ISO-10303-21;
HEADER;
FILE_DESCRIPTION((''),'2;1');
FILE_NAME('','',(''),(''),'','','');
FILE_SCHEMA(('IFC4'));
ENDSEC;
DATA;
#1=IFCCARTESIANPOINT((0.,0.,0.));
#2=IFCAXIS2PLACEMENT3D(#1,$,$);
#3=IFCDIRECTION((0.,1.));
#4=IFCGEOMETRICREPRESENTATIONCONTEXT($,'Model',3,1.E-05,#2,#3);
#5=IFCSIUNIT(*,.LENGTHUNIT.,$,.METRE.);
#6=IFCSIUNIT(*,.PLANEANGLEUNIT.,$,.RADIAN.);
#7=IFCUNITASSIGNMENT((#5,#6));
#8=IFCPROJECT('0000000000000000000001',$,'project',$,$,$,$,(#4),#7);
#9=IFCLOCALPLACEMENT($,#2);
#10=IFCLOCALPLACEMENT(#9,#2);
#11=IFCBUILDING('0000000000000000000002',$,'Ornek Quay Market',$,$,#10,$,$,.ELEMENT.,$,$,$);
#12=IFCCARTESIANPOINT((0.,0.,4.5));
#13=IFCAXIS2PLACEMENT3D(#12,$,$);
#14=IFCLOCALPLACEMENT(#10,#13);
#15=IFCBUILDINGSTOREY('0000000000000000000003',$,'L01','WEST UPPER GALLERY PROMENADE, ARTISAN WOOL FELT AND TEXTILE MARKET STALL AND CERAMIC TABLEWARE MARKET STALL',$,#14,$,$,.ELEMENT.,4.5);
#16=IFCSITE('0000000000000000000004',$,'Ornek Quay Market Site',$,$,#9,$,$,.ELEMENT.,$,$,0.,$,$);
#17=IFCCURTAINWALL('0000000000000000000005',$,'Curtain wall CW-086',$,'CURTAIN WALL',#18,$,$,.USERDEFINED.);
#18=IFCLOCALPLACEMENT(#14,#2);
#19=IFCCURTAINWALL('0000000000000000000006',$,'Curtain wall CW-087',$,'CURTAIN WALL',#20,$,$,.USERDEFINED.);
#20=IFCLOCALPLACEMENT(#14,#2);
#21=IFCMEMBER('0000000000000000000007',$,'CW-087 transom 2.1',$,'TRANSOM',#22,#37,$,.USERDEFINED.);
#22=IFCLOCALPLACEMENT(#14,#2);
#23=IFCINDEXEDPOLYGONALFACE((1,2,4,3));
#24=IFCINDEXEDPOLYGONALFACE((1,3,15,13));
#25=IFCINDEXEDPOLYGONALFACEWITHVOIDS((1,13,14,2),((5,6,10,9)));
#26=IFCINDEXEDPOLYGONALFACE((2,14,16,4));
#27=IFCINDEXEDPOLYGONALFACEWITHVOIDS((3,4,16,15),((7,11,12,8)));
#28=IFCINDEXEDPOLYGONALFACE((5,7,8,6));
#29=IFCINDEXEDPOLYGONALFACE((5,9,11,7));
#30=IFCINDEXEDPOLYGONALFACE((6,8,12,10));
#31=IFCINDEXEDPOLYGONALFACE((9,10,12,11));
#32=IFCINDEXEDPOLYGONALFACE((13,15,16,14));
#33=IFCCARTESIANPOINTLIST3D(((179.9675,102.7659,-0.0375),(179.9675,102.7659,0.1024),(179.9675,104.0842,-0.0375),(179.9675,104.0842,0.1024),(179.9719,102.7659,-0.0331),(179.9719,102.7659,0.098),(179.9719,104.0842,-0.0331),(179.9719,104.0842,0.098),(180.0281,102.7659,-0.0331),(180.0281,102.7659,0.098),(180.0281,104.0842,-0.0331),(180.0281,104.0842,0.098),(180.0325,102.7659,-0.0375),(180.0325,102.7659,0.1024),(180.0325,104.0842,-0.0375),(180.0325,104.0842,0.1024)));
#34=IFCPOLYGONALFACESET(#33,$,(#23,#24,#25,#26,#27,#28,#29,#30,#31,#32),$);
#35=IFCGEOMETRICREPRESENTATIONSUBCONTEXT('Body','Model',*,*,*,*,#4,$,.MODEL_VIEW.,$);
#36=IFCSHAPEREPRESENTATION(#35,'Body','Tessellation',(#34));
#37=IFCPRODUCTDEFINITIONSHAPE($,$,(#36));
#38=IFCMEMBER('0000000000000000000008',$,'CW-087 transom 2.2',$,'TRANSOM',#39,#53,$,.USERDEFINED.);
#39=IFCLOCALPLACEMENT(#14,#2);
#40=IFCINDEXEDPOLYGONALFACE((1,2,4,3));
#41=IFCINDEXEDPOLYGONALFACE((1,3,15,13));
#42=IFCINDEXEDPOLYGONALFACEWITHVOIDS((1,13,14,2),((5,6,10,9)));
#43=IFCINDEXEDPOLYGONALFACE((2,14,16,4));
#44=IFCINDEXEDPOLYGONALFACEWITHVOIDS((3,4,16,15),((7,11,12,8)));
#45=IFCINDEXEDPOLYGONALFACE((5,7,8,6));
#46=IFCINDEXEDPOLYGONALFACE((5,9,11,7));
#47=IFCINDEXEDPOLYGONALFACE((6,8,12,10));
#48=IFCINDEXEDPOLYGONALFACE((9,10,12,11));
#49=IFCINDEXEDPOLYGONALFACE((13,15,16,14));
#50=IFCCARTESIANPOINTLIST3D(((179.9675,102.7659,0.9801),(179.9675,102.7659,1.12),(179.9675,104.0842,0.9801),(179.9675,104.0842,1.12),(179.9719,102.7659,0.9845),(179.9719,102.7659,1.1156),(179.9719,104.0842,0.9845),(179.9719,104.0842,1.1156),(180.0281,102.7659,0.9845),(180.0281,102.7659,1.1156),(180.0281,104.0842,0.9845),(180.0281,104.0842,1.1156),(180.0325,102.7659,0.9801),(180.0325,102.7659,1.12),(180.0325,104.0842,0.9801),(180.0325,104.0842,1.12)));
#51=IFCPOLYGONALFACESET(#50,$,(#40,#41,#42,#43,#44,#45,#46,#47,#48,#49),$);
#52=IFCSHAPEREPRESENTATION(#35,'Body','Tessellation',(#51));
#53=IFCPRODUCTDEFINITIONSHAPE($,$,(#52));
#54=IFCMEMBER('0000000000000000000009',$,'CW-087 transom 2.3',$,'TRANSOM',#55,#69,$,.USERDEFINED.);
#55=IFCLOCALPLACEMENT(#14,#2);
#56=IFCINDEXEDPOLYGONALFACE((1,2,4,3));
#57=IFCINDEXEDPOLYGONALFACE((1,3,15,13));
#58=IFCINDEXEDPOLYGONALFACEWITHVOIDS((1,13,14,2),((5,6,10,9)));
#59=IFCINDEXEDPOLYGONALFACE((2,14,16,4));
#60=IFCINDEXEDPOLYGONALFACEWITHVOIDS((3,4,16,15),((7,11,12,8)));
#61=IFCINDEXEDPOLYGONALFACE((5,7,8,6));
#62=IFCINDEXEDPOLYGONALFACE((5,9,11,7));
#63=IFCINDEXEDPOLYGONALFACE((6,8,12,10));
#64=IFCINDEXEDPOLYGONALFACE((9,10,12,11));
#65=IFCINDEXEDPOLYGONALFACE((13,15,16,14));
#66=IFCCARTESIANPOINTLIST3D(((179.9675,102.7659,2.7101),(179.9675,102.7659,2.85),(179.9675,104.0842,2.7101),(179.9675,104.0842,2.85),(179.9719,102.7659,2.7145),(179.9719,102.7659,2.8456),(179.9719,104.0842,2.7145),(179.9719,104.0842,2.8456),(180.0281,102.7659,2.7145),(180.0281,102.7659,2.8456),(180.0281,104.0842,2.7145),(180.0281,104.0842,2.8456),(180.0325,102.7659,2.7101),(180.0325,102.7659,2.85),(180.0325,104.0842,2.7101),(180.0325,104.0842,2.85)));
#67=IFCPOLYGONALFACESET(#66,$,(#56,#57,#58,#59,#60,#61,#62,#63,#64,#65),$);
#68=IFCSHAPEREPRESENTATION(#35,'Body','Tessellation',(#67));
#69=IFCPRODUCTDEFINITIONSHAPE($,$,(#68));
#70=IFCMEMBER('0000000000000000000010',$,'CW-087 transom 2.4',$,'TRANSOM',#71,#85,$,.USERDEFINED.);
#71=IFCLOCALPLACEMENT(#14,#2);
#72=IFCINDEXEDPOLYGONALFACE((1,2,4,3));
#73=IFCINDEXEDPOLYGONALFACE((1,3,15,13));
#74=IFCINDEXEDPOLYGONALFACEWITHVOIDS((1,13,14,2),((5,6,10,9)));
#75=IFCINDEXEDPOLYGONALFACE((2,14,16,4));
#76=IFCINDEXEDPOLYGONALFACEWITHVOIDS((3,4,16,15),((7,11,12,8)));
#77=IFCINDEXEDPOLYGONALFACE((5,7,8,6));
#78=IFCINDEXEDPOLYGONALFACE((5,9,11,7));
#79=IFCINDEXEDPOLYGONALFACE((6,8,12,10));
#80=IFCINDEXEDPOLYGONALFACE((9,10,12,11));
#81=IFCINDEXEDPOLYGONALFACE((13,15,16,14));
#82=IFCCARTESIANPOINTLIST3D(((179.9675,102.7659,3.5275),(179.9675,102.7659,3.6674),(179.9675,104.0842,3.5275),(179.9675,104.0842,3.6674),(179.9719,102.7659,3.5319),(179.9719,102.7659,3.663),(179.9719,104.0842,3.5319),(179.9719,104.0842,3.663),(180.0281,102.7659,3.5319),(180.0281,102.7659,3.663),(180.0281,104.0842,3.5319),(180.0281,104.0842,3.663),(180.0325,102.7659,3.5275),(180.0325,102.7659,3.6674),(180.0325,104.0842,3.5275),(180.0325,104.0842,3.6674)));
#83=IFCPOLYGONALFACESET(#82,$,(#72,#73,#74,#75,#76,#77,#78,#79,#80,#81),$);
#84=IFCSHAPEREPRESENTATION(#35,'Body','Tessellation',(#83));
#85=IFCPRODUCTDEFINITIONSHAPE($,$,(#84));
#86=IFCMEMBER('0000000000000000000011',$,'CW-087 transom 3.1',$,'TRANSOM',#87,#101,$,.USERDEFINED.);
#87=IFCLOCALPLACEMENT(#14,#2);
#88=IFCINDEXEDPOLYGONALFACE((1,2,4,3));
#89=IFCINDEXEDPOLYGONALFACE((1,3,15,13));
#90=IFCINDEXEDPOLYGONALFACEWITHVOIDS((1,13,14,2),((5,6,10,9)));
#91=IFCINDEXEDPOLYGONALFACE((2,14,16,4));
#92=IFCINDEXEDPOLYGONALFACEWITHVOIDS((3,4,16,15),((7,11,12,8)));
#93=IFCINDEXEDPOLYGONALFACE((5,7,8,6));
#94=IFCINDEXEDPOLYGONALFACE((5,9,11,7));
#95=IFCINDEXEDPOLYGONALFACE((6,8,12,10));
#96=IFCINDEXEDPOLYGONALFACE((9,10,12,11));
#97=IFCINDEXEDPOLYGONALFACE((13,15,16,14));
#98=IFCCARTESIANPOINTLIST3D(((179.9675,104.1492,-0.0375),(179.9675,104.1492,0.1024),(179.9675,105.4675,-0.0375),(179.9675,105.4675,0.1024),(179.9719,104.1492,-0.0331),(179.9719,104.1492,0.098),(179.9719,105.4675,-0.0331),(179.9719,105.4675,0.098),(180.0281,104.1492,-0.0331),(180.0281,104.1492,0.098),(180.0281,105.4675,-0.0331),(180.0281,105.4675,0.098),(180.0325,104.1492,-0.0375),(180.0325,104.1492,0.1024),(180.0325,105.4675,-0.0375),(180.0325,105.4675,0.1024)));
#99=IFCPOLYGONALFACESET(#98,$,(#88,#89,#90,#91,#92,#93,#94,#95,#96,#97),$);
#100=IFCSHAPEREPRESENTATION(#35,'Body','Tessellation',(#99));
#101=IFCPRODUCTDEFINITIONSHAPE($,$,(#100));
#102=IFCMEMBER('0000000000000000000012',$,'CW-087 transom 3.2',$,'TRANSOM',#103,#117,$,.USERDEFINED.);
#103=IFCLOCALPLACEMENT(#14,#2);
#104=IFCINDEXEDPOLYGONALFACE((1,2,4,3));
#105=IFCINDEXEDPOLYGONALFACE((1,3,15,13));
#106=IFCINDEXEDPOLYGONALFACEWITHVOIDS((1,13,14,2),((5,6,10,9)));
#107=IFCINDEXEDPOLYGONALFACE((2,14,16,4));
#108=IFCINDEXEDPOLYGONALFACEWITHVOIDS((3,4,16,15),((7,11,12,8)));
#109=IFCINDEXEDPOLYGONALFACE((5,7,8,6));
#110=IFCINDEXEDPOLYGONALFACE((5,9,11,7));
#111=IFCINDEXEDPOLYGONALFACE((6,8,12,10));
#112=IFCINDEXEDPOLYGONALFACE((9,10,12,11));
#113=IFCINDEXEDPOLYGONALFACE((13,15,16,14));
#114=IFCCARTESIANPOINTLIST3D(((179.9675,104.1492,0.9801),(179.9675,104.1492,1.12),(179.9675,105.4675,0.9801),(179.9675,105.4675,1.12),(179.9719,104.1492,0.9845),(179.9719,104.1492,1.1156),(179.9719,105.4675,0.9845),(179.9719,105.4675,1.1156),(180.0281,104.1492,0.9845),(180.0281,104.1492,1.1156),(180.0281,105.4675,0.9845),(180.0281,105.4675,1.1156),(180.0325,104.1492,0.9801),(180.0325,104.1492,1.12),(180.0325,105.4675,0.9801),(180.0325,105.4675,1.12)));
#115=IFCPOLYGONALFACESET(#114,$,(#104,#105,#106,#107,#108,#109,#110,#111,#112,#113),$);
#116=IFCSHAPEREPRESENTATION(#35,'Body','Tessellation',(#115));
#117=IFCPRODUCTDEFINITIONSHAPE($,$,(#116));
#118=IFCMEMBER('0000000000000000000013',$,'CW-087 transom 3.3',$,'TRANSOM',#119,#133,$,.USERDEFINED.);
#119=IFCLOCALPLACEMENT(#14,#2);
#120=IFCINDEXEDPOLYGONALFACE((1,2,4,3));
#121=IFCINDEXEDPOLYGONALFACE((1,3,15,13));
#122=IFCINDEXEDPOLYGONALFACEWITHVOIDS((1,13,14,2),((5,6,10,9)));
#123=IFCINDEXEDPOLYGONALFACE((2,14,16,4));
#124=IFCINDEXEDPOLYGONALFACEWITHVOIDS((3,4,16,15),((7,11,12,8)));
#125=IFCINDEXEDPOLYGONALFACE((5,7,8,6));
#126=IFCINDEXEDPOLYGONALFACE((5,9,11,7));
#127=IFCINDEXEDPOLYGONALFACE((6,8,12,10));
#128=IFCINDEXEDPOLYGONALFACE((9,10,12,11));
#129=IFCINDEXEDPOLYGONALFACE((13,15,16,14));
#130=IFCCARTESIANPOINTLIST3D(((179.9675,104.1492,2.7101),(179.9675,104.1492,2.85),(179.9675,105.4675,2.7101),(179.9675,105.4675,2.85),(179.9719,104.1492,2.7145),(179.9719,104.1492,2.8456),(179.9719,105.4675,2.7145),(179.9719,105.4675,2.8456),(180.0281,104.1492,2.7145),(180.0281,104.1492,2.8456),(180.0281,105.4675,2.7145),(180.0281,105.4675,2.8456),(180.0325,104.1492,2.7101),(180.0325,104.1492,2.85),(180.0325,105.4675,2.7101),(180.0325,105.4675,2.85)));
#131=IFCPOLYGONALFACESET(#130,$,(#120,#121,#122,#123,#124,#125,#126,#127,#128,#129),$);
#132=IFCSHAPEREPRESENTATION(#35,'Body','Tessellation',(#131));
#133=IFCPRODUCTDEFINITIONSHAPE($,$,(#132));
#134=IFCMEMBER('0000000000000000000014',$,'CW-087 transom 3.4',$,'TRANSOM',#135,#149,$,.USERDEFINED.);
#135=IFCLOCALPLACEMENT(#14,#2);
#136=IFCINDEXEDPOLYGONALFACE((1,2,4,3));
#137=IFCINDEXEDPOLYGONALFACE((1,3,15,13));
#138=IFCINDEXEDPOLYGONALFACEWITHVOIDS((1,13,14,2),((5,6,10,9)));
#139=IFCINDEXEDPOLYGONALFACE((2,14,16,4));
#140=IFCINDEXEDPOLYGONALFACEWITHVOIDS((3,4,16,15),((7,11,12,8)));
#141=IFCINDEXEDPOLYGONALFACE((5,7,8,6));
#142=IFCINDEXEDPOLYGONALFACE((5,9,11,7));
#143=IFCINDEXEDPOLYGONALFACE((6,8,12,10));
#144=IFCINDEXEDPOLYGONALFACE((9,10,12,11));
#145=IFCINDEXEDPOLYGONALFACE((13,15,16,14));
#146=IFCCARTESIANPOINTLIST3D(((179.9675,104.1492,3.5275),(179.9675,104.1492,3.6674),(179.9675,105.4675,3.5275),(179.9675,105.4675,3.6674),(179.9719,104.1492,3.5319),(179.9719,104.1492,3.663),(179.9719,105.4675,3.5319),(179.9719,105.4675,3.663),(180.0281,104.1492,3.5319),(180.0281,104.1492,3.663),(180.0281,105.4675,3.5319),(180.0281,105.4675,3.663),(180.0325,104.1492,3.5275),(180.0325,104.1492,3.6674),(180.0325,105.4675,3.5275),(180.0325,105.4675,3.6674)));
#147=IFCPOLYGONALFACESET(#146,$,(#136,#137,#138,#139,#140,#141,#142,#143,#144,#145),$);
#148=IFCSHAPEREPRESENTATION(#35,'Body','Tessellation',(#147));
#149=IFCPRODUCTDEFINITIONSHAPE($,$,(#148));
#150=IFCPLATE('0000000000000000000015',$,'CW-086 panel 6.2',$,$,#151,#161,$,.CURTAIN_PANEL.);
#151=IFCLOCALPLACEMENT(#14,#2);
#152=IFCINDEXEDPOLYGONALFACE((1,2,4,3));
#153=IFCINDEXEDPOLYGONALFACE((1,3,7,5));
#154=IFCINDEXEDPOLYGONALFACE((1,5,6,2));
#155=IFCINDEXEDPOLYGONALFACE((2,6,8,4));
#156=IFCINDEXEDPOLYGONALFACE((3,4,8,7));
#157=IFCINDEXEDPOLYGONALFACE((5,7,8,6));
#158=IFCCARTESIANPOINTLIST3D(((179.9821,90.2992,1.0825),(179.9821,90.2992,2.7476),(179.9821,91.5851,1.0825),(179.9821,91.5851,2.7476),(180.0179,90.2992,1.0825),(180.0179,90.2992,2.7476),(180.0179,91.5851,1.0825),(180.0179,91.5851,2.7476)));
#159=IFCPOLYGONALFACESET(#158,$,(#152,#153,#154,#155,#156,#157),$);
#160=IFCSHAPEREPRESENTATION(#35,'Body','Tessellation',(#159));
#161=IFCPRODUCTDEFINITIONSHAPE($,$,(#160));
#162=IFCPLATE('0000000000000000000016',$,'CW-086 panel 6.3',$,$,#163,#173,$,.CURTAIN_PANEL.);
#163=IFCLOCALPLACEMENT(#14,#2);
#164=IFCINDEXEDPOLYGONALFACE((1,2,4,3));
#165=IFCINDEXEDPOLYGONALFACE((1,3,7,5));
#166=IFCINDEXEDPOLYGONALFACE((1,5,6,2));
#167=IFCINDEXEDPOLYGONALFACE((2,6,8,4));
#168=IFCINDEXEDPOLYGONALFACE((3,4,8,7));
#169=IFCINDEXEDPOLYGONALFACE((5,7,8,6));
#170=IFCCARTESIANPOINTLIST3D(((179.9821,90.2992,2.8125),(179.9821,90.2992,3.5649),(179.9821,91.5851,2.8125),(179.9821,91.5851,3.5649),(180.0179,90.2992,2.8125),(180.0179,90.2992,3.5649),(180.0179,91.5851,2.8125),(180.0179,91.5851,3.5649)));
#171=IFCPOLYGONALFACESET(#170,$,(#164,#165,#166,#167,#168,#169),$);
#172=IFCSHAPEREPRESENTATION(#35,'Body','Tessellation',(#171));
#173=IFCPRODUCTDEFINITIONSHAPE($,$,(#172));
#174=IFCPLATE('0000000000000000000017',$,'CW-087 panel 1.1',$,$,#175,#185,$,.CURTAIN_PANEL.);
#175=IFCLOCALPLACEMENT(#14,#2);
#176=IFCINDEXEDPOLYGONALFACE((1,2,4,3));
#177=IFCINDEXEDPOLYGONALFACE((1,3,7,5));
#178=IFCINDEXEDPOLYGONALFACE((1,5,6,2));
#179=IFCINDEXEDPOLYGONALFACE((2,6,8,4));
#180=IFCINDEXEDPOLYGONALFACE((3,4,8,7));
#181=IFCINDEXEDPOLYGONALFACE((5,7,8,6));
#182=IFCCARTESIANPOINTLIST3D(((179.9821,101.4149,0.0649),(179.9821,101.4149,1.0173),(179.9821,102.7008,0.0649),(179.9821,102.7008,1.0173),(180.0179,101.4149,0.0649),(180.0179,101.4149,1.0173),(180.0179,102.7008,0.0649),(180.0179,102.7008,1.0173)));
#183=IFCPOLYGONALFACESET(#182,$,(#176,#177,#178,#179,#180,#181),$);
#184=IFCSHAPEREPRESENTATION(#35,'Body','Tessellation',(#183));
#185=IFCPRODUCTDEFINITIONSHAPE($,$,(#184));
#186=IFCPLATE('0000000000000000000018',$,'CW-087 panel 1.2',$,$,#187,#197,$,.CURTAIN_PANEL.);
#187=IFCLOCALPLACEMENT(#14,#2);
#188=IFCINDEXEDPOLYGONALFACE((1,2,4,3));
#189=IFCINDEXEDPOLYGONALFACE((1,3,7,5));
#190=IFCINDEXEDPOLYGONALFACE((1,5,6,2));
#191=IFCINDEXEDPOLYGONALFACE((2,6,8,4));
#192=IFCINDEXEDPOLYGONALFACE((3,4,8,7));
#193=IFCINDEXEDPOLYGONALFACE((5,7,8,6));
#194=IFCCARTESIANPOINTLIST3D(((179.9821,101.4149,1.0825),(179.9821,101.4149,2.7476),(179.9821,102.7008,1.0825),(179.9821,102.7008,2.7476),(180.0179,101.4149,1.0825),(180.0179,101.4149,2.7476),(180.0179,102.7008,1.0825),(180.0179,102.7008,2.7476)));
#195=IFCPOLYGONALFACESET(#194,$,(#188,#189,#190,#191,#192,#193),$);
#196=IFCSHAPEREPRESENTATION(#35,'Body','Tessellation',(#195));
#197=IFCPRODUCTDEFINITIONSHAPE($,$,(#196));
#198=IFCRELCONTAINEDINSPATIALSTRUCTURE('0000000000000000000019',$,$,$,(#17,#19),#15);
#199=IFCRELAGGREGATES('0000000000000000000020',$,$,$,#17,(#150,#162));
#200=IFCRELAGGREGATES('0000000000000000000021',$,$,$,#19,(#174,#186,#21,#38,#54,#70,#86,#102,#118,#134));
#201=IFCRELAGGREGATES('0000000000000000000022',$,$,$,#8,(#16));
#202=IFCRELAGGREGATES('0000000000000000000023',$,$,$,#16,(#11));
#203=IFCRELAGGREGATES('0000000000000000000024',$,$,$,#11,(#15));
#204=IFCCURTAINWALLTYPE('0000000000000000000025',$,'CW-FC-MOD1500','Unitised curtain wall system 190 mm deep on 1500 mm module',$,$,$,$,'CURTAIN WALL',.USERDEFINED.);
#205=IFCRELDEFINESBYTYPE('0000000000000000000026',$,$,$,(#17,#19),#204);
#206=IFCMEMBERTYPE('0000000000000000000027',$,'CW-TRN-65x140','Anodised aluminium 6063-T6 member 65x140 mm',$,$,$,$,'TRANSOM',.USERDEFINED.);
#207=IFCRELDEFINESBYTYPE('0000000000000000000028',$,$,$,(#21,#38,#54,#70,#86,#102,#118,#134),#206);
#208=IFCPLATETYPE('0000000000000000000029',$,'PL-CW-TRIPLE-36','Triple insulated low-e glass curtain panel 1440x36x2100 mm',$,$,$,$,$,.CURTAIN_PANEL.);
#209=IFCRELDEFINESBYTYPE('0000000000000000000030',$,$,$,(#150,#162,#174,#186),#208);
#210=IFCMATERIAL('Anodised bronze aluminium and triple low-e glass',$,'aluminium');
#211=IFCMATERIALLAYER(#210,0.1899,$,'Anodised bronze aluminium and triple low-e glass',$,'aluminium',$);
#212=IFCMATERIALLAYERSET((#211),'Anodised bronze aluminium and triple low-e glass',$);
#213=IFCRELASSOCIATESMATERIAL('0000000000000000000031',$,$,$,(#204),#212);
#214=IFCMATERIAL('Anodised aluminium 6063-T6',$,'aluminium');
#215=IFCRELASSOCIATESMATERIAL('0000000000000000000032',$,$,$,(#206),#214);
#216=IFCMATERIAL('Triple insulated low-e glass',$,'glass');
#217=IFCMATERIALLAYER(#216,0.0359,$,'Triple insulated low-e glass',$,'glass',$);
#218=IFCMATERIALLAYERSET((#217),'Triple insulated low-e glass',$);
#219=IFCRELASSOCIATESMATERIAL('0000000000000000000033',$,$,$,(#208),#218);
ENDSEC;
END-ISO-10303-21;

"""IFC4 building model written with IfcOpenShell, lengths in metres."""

from ifc_helpers import new_model, si_unit, direction, frame, origin, origin_2d, place, context, subcontext, project, spatial, rectangle, hollow_rectangle, extrude, material, layer, layer_set, material_profile, profile_set, type_object, element, aggregate, save


model = new_model("IFC4")

# Units and contexts
model_context = context("Model", 3, precision=1e-05, world=origin(), true_north=direction((0.0, 1.0)))
body_context = subcontext(model_context, "Body", "Model", "MODEL_VIEW")
ifc_project = project(units=[si_unit("LENGTHUNIT", "METRE"), si_unit("PLANEANGLEUNIT", "RADIAN")], contexts=[model_context])

# Site, building, storey
site_placement = place(None, origin())
site = spatial("IfcSite", under=ifc_project, at=site_placement, Name="Ornek Quay Market Site", CompositionType="ELEMENT", RefElevation=0.0)
building_placement = place(site_placement, origin())
building = spatial("IfcBuilding", under=site, at=building_placement, Name="Ornek Quay Market", CompositionType="ELEMENT")
storey_placement = place(building_placement, frame((0.0, 0.0, 4.5)))
storey = spatial("IfcBuildingStorey", under=building, at=storey_placement, Name="L01", Description="WEST UPPER GALLERY PROMENADE, ARTISAN WOOL FELT AND TEXTILE MARKET STALL AND CERAMIC TABLEWARE MARKET STALL", CompositionType="ELEMENT", Elevation=4.5)

# Curtain wall
ifc_material_1 = material(Name="Anodised bronze aluminium and triple low-e glass", Category="aluminium")
ifc_layer_1 = layer(ifc_material_1, 0.1899, Name="Anodised bronze aluminium and triple low-e glass", Category="aluminium")
ifc_layer_set_1 = layer_set([ifc_layer_1], Name="Anodised bronze aluminium and triple low-e glass")
curtain_wall_type = type_object("IfcCurtainWallType", Name="CW-FC-MOD1500", Description="Unitised curtain wall system 190 mm deep on 1500 mm module", ElementType="CURTAIN WALL", PredefinedType="USERDEFINED", material=ifc_layer_set_1)
curtain_wall_1_placement = place(storey_placement, origin())
curtain_wall_1 = element("IfcCurtainWall", 1, at=curtain_wall_1_placement, inside=storey, type_object=curtain_wall_type, Name="Curtain wall CW-086", ObjectType="CURTAIN WALL", PredefinedType="USERDEFINED")
ifc_material_2 = material(Name="Anodised aluminium 6063-T6", Category="aluminium")

# Curtain wall, members
curtain_wall_2_placement = place(storey_placement, origin())
curtain_wall_2 = element("IfcCurtainWall", 2, at=curtain_wall_2_placement, inside=storey, type_object=curtain_wall_type, Name="Curtain wall CW-087", ObjectType="CURTAIN WALL", PredefinedType="USERDEFINED")
ifc_material_profile_1 = material_profile(ifc_material_2, hollow_rectangle(XDim=0.0649, YDim=0.1399, WallThickness=0.0044, at=origin_2d()), Name="CW-TRN-65x140", Category="aluminium")
ifc_profile_set_1 = profile_set([ifc_material_profile_1], Name="Anodised aluminium 6063-T6")
member_type_1 = type_object("IfcMemberType", Name="CW-TRN-65x140", Description="Anodised aluminium 6063-T6 member 65x140 mm", ElementType="TRANSOM", PredefinedType="USERDEFINED", material=ifc_profile_set_1)
member_1_placement = place(storey_placement, frame((180.0, 102.7659, 0.0325), z_axis=(0.0, 1.0, 0.0), x_axis=(-1.0, 0.0, 0.0)))
member_1 = element("IfcMember", 3, at=member_1_placement, type_object=member_type_1, Name="CW-087 transom 2.1", ObjectType="TRANSOM", PredefinedType="USERDEFINED", context=body_context, shape_type="SweptSolid", body=[
    extrude(hollow_rectangle(XDim=0.0649, YDim=0.1399, WallThickness=0.0044, at=origin_2d()), origin(), (0.0, 0.0, 1.0), 1.3184),
])
member_2_placement = place(storey_placement, frame((180.0, 102.7659, 1.05), z_axis=(0.0, 1.0, 0.0), x_axis=(-1.0, 0.0, 0.0)))
member_2 = element("IfcMember", 4, at=member_2_placement, type_object=member_type_1, Name="CW-087 transom 2.2", ObjectType="TRANSOM", PredefinedType="USERDEFINED", context=body_context, shape_type="SweptSolid", body=[
    extrude(hollow_rectangle(XDim=0.0649, YDim=0.1399, WallThickness=0.0044, at=origin_2d()), origin(), (0.0, 0.0, 1.0), 1.3184),
])
member_3_placement = place(storey_placement, frame((180.0, 102.7659, 2.78), z_axis=(0.0, 1.0, 0.0), x_axis=(-1.0, 0.0, 0.0)))
member_3 = element("IfcMember", 5, at=member_3_placement, type_object=member_type_1, Name="CW-087 transom 2.3", ObjectType="TRANSOM", PredefinedType="USERDEFINED", context=body_context, shape_type="SweptSolid", body=[
    extrude(hollow_rectangle(XDim=0.0649, YDim=0.1399, WallThickness=0.0044, at=origin_2d()), origin(), (0.0, 0.0, 1.0), 1.3184),
])
member_4_placement = place(storey_placement, frame((180.0, 102.7659, 3.5974), z_axis=(0.0, 1.0, 0.0), x_axis=(-1.0, 0.0, 0.0)))
member_4 = element("IfcMember", 6, at=member_4_placement, type_object=member_type_1, Name="CW-087 transom 2.4", ObjectType="TRANSOM", PredefinedType="USERDEFINED", context=body_context, shape_type="SweptSolid", body=[
    extrude(hollow_rectangle(XDim=0.0649, YDim=0.1399, WallThickness=0.0044, at=origin_2d()), origin(), (0.0, 0.0, 1.0), 1.3184),
])
member_5_placement = place(storey_placement, frame((180.0, 104.1492, 0.0325), z_axis=(0.0, 1.0, 0.0), x_axis=(-1.0, 0.0, 0.0)))
member_5 = element("IfcMember", 7, at=member_5_placement, type_object=member_type_1, Name="CW-087 transom 3.1", ObjectType="TRANSOM", PredefinedType="USERDEFINED", context=body_context, shape_type="SweptSolid", body=[
    extrude(hollow_rectangle(XDim=0.0649, YDim=0.1399, WallThickness=0.0044, at=origin_2d()), origin(), (0.0, 0.0, 1.0), 1.3184),
])
member_6_placement = place(storey_placement, frame((180.0, 104.1492, 1.05), z_axis=(0.0, 1.0, 0.0), x_axis=(-1.0, 0.0, 0.0)))
member_6 = element("IfcMember", 8, at=member_6_placement, type_object=member_type_1, Name="CW-087 transom 3.2", ObjectType="TRANSOM", PredefinedType="USERDEFINED", context=body_context, shape_type="SweptSolid", body=[
    extrude(hollow_rectangle(XDim=0.0649, YDim=0.1399, WallThickness=0.0044, at=origin_2d()), origin(), (0.0, 0.0, 1.0), 1.3184),
])
member_7_placement = place(storey_placement, frame((180.0, 104.1492, 2.78), z_axis=(0.0, 1.0, 0.0), x_axis=(-1.0, 0.0, 0.0)))
member_7 = element("IfcMember", 9, at=member_7_placement, type_object=member_type_1, Name="CW-087 transom 3.3", ObjectType="TRANSOM", PredefinedType="USERDEFINED", context=body_context, shape_type="SweptSolid", body=[
    extrude(hollow_rectangle(XDim=0.0649, YDim=0.1399, WallThickness=0.0044, at=origin_2d()), origin(), (0.0, 0.0, 1.0), 1.3184),
])
member_8_placement = place(storey_placement, frame((180.0, 104.1492, 3.5974), z_axis=(0.0, 1.0, 0.0), x_axis=(-1.0, 0.0, 0.0)))
member_8 = element("IfcMember", 10, at=member_8_placement, type_object=member_type_1, Name="CW-087 transom 3.4", ObjectType="TRANSOM", PredefinedType="USERDEFINED", context=body_context, shape_type="SweptSolid", body=[
    extrude(hollow_rectangle(XDim=0.0649, YDim=0.1399, WallThickness=0.0044, at=origin_2d()), origin(), (0.0, 0.0, 1.0), 1.3184),
])

# Plates
ifc_material_3 = material(Name="Triple insulated low-e glass", Category="glass")
ifc_layer_2 = layer(ifc_material_3, 0.0359, Name="Triple insulated low-e glass", Category="glass")
ifc_layer_set_2 = layer_set([ifc_layer_2], Name="Triple insulated low-e glass")
plate_type = type_object("IfcPlateType", Name="PL-CW-TRIPLE-36", Description="Triple insulated low-e glass curtain panel 1440x36x2100 mm", PredefinedType="CURTAIN_PANEL", material=ifc_layer_set_2)
plate_1_placement = place(storey_placement, frame((180.0, 90.9421, 1.0825), z_axis=(0.0, 0.0, 1.0), x_axis=(0.0, 1.0, 0.0)))
plate_1 = element("IfcPlate", 11, at=plate_1_placement, type_object=plate_type, Name="CW-086 panel 6.2", PredefinedType="CURTAIN_PANEL", context=body_context, shape_type="SweptSolid", body=[
    extrude(rectangle(XDim=1.2859, YDim=0.0359, at=origin_2d()), origin(), (0.0, 0.0, 1.0), 1.665),
])
plate_2_placement = place(storey_placement, frame((180.0, 90.9421, 2.8125), z_axis=(0.0, 0.0, 1.0), x_axis=(0.0, 1.0, 0.0)))
plate_2 = element("IfcPlate", 12, at=plate_2_placement, type_object=plate_type, Name="CW-086 panel 6.3", PredefinedType="CURTAIN_PANEL", context=body_context, shape_type="SweptSolid", body=[
    extrude(rectangle(XDim=1.2859, YDim=0.0359, at=origin_2d()), origin(), (0.0, 0.0, 1.0), 0.7524),
])
aggregate(curtain_wall_1, [plate_1, plate_2])
plate_3_placement = place(storey_placement, frame((180.0, 102.0579, 0.0649), z_axis=(0.0, 0.0, 1.0), x_axis=(0.0, 1.0, 0.0)))
plate_3 = element("IfcPlate", 13, at=plate_3_placement, type_object=plate_type, Name="CW-087 panel 1.1", PredefinedType="CURTAIN_PANEL", context=body_context, shape_type="SweptSolid", body=[
    extrude(rectangle(XDim=1.2859, YDim=0.0359, at=origin_2d()), origin(), (0.0, 0.0, 1.0), 0.9524),
])
plate_4_placement = place(storey_placement, frame((180.0, 102.0579, 1.0825), z_axis=(0.0, 0.0, 1.0), x_axis=(0.0, 1.0, 0.0)))
plate_4 = element("IfcPlate", 14, at=plate_4_placement, type_object=plate_type, Name="CW-087 panel 1.2", PredefinedType="CURTAIN_PANEL", context=body_context, shape_type="SweptSolid", body=[
    extrude(rectangle(XDim=1.2859, YDim=0.0359, at=origin_2d()), origin(), (0.0, 0.0, 1.0), 1.665),
])
aggregate(curtain_wall_2, [plate_3, plate_4, member_1, member_2, member_3, member_4, member_5, member_6, member_7, member_8])

save(model, "model.ifc")
